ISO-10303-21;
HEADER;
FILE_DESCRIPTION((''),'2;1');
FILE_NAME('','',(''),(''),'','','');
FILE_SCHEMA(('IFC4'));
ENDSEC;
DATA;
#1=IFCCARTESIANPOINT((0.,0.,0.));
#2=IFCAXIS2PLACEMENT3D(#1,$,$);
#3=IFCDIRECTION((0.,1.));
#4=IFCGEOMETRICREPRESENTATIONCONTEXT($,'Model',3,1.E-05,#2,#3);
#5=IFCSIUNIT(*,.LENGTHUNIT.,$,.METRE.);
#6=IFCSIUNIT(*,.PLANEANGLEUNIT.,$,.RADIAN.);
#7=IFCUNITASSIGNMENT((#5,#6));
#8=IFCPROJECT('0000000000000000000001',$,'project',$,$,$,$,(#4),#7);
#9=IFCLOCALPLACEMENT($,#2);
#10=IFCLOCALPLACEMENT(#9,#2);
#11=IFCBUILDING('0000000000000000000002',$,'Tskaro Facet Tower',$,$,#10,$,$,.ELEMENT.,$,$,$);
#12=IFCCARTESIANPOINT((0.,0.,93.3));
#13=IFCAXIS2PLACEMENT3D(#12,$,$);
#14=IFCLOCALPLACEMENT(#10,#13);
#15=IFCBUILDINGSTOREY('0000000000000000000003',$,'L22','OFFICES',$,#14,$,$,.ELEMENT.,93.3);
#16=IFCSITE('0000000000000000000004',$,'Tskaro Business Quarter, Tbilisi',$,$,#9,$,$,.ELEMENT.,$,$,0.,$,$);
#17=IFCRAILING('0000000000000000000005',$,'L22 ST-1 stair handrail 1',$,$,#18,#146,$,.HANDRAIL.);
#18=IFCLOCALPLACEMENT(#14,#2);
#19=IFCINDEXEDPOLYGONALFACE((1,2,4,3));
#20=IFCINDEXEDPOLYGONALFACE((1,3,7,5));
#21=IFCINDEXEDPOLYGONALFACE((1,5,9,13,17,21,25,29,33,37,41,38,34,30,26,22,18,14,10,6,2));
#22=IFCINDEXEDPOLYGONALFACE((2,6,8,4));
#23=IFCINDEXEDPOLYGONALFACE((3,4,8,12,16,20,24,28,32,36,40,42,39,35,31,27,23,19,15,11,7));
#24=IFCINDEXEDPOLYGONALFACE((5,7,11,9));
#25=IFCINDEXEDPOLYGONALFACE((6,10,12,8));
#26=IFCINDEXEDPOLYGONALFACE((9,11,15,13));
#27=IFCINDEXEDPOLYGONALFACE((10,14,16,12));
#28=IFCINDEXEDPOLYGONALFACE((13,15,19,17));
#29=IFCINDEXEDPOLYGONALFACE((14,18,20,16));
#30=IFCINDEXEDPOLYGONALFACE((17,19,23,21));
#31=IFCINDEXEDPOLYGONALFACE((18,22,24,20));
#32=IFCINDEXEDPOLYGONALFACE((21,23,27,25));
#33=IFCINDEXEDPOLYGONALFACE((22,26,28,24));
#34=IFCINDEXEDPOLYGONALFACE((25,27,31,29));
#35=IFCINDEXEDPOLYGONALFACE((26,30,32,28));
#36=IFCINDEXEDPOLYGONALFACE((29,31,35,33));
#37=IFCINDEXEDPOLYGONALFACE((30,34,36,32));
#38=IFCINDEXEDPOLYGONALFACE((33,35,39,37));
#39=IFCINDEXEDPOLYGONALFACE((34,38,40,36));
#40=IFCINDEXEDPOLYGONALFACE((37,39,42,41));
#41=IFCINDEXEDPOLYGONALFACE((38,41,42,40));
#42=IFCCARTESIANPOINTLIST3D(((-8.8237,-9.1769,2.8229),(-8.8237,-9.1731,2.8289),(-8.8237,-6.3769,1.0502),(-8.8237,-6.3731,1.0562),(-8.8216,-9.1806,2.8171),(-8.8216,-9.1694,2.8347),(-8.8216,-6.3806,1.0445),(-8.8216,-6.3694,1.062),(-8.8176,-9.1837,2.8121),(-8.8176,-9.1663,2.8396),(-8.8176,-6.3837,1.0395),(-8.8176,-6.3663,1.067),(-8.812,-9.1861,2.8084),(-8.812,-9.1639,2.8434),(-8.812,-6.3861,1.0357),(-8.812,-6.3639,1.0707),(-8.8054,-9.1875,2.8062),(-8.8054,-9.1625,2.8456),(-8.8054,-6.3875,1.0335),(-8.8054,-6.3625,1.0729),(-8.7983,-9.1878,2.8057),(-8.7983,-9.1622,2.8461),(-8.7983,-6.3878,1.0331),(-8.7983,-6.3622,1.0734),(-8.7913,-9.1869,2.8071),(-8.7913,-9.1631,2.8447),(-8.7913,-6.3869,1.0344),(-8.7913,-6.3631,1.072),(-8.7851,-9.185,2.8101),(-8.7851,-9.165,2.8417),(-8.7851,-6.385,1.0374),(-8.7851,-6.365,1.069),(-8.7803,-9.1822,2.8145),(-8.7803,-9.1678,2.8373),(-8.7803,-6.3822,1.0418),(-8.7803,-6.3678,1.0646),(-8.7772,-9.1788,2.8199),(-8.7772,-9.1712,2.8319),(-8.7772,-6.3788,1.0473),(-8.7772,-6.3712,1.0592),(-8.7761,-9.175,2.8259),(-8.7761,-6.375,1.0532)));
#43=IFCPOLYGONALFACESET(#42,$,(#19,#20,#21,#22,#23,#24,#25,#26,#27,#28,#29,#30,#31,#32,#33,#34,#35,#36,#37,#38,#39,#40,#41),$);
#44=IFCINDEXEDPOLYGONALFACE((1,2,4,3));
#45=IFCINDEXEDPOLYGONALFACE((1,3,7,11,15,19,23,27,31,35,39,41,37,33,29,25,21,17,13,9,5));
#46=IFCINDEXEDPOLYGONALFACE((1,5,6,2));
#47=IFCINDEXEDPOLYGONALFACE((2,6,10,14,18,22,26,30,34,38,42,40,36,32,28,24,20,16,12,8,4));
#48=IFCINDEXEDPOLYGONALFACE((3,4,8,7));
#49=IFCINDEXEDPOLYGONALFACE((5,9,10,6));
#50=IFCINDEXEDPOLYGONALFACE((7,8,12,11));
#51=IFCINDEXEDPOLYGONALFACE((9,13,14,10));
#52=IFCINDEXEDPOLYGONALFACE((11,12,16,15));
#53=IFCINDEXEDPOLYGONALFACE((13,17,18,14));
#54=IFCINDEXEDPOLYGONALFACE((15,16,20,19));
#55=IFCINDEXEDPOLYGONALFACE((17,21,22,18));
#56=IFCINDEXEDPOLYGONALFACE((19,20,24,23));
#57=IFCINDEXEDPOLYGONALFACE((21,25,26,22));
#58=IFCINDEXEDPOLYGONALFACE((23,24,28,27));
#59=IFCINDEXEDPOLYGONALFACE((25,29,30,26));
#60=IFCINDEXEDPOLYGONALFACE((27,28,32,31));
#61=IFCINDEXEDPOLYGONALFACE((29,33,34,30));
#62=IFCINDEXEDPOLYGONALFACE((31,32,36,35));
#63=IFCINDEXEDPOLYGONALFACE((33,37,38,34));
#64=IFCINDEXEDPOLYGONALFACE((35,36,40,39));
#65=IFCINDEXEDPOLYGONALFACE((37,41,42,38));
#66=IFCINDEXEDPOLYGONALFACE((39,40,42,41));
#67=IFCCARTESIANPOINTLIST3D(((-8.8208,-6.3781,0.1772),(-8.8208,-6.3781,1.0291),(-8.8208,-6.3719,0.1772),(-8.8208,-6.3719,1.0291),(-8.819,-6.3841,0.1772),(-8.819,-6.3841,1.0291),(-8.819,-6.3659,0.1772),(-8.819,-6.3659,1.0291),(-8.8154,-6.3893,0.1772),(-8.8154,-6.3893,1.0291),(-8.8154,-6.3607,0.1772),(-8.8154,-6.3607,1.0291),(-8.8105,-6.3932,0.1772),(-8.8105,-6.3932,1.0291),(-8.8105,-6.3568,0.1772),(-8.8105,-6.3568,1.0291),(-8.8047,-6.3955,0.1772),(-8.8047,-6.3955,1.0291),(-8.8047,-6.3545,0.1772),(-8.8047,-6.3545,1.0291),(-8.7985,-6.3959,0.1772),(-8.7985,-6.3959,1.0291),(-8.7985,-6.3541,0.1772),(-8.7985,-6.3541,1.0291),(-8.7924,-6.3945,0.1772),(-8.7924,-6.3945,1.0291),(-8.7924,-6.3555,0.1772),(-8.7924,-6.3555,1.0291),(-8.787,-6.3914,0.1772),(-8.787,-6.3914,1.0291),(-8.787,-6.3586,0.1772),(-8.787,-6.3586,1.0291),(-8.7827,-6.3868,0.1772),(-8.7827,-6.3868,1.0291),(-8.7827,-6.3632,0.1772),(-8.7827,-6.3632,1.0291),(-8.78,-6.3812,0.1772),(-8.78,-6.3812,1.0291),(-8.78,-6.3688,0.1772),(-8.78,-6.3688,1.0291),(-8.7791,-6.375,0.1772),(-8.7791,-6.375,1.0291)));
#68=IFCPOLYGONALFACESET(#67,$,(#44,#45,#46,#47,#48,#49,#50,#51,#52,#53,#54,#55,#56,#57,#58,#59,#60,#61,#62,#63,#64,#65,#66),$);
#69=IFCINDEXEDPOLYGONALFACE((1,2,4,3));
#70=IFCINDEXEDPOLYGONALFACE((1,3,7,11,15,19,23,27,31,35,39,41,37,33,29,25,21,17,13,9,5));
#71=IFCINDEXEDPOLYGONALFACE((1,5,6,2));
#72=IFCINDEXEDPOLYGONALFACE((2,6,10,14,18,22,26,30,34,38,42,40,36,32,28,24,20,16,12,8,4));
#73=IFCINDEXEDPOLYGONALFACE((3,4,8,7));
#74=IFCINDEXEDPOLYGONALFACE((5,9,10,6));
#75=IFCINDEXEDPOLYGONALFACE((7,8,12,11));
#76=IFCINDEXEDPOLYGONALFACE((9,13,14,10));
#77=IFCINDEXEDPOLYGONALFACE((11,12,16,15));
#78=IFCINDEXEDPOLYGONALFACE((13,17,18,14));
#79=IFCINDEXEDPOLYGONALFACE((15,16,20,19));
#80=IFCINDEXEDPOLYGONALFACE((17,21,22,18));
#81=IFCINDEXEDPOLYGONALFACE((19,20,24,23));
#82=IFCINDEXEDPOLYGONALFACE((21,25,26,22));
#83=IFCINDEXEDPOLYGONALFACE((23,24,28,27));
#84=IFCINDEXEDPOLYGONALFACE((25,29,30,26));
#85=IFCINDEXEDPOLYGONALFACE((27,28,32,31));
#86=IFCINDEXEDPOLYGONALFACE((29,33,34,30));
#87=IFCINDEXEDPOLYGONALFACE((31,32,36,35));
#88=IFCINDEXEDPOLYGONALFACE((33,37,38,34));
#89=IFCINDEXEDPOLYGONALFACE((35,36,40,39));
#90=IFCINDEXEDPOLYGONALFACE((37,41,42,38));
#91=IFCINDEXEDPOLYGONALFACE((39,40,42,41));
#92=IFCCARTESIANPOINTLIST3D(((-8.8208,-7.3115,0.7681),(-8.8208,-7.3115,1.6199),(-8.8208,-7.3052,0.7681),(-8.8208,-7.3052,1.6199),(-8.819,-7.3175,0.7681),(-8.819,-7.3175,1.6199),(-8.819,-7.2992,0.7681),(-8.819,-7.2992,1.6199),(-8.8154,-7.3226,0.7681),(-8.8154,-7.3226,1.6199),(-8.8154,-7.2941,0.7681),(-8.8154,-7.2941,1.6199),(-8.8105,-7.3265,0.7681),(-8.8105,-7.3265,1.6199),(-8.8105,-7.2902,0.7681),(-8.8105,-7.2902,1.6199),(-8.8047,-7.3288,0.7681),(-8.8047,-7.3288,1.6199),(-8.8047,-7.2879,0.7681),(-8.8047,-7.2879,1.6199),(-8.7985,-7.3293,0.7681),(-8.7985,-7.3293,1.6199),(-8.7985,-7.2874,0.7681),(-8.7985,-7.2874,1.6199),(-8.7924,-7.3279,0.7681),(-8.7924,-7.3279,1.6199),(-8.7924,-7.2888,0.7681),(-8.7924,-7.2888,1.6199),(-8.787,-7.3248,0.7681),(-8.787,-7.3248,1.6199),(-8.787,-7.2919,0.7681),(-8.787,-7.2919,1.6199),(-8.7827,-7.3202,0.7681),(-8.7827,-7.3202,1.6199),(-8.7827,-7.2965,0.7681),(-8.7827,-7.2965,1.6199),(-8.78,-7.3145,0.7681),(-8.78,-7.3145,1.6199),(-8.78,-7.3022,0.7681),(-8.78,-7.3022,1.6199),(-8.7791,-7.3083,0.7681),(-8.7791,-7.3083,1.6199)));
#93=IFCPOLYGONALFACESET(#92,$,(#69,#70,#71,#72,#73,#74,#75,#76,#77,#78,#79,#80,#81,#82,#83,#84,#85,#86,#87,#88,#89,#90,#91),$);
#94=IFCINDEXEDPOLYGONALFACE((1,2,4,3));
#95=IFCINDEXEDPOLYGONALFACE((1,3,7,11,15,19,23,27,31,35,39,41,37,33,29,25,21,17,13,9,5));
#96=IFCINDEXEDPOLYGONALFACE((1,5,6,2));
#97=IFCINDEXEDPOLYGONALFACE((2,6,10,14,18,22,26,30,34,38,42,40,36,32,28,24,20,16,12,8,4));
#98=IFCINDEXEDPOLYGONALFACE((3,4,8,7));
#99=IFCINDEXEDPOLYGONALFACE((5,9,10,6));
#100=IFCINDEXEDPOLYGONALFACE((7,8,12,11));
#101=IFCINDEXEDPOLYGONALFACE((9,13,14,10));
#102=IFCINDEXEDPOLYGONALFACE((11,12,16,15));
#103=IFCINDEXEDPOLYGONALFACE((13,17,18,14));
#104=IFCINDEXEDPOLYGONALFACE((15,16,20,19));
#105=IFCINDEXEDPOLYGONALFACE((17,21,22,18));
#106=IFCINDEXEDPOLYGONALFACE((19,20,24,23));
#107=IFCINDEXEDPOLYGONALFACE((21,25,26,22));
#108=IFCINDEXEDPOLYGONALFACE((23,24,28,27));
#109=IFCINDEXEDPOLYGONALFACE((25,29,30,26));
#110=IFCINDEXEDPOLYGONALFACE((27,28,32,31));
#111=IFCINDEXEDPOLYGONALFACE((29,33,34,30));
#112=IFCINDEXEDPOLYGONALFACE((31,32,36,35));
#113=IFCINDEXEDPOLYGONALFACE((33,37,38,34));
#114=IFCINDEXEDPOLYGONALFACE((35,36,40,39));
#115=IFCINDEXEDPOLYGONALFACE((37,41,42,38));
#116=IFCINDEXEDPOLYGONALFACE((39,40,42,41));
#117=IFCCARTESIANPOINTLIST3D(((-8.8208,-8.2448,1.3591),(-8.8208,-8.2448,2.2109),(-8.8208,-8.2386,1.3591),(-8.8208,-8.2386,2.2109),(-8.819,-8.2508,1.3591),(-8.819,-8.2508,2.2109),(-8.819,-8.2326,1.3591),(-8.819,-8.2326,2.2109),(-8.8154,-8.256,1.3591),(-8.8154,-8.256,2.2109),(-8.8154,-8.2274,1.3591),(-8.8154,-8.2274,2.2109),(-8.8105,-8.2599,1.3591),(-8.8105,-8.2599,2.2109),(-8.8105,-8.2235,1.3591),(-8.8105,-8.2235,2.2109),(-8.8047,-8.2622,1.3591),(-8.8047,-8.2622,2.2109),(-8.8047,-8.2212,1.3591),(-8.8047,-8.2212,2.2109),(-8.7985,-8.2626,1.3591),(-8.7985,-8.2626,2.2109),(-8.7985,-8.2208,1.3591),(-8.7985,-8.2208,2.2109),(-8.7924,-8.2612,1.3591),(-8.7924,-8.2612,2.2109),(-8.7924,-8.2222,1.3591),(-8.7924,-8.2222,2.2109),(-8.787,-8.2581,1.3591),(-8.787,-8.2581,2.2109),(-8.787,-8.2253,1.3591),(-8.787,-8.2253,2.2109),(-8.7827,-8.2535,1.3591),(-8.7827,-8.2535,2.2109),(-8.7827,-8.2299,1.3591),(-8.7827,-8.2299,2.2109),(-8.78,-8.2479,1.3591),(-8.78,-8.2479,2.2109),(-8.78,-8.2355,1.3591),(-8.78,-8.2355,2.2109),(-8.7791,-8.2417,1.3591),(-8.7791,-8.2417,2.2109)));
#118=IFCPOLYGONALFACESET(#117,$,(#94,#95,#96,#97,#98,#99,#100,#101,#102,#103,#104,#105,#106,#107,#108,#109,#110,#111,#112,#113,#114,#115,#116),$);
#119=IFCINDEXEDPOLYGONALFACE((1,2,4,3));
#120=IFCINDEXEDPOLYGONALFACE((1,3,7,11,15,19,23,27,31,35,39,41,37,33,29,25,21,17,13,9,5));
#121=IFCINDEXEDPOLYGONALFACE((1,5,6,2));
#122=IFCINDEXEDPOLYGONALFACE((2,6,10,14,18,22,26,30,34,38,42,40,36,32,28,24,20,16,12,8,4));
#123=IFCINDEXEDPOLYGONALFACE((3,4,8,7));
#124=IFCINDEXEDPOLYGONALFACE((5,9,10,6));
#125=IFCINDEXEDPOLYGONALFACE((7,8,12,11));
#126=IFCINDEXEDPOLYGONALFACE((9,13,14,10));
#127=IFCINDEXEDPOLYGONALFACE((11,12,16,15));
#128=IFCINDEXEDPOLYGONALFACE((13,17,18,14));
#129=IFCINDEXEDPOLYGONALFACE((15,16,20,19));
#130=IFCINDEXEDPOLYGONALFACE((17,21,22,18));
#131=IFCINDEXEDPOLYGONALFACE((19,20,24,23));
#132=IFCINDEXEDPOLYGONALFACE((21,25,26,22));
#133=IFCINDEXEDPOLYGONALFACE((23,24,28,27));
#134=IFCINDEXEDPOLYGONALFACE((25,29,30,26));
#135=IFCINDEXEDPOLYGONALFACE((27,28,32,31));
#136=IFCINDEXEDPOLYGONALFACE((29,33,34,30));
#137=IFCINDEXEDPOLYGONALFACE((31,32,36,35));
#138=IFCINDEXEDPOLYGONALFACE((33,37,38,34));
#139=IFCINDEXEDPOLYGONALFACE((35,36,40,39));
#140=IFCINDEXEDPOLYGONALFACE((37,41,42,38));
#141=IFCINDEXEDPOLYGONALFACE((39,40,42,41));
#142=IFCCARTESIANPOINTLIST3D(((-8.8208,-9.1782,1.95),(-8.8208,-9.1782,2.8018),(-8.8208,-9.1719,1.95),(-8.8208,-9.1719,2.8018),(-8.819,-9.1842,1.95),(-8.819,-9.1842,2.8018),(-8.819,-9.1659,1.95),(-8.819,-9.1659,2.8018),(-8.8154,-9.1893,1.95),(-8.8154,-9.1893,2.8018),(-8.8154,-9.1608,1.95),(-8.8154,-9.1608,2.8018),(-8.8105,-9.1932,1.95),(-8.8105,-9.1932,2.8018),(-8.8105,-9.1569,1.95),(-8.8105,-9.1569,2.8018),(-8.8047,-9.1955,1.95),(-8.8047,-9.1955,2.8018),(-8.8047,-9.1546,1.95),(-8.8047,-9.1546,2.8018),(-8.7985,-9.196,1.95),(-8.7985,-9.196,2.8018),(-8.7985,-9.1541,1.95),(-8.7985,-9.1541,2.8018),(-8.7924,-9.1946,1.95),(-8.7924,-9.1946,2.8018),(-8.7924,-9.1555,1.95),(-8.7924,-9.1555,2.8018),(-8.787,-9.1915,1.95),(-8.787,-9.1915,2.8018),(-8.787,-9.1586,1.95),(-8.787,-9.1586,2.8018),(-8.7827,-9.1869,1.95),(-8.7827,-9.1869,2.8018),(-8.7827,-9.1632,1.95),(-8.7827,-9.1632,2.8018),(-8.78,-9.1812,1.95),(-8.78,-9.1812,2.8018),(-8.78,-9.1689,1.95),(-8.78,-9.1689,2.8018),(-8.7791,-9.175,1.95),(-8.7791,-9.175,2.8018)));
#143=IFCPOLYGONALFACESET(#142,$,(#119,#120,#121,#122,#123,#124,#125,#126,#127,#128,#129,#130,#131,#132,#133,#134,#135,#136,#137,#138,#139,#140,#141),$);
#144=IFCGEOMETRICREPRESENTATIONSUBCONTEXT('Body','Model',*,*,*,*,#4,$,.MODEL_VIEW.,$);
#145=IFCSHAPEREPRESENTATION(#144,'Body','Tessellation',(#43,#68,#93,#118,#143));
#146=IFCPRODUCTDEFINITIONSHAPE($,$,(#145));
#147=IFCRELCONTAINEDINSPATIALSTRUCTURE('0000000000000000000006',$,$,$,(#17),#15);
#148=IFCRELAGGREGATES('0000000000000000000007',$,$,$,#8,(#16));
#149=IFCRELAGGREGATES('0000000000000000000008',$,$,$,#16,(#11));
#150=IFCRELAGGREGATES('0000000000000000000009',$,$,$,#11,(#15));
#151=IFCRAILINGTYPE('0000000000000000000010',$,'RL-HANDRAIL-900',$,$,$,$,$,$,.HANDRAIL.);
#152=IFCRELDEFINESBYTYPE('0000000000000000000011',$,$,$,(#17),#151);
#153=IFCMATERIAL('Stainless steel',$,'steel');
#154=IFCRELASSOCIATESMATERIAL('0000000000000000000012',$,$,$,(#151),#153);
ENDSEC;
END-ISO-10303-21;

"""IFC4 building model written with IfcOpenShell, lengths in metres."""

from ifc_helpers import new_model, si_unit, direction, frame, origin, origin_2d, place, context, subcontext, project, spatial, circle, extrude, material, type_object, element, save


model = new_model("IFC4")

# Units and contexts
model_context = context("Model", 3, precision=1e-05, world=origin(), true_north=direction((0.0, 1.0)))
body_context = subcontext(model_context, "Body", "Model", "MODEL_VIEW")
ifc_project = project(units=[si_unit("LENGTHUNIT", "METRE"), si_unit("PLANEANGLEUNIT", "RADIAN")], contexts=[model_context])

# Site, building, storey
site_placement = place(None, origin())
site = spatial("IfcSite", under=ifc_project, at=site_placement, Name="Tskaro Business Quarter, Tbilisi", CompositionType="ELEMENT", RefElevation=0.0)
building_placement = place(site_placement, origin())
building = spatial("IfcBuilding", under=site, at=building_placement, Name="Tskaro Facet Tower", CompositionType="ELEMENT")
storey_placement = place(building_placement, frame((0.0, 0.0, 93.3)))
storey = spatial("IfcBuildingStorey", under=building, at=storey_placement, Name="L22", Description="OFFICES", CompositionType="ELEMENT", Elevation=93.3)

# Shared definitions
ifc_material_1 = material(Name="Stainless steel", Category="steel")

# Railing
railing_type_1 = type_object("IfcRailingType", Name="RL-HANDRAIL-900", PredefinedType="HANDRAIL", material=ifc_material_1)
railing_1_placement = place(storey_placement, frame((-8.8, -6.375, 0.1772)))
element("IfcRailing", 1, at=railing_1_placement, inside=storey, type_object=railing_type_1, Name="L22 ST-1 stair handrail 1", PredefinedType="HANDRAIL", context=body_context, shape_type="SweptSolid", body=[
    extrude(circle(Radius=0.0239, at=origin_2d()), frame((0.0, 0.0, 0.876), z_axis=(0.0, -0.844909, 0.53491), x_axis=(1.0, 0.0, 0.0)), (0.0, 0.0, 1.0), 3.314),
    extrude(circle(Radius=0.021, at=origin_2d()), origin(), (0.0, 0.0, 1.0), 0.8518),
    extrude(circle(Radius=0.021, at=origin_2d()), frame((0.0, -0.9333, 0.5908)), (0.0, 0.0, 1.0), 0.8518),
    extrude(circle(Radius=0.021, at=origin_2d()), frame((0.0, -1.8667, 1.1819)), (0.0, 0.0, 1.0), 0.8518),
    extrude(circle(Radius=0.021, at=origin_2d()), frame((0.0, -2.8, 1.7727)), (0.0, 0.0, 1.0), 0.8518),
])

save(model, "model.ifc")
